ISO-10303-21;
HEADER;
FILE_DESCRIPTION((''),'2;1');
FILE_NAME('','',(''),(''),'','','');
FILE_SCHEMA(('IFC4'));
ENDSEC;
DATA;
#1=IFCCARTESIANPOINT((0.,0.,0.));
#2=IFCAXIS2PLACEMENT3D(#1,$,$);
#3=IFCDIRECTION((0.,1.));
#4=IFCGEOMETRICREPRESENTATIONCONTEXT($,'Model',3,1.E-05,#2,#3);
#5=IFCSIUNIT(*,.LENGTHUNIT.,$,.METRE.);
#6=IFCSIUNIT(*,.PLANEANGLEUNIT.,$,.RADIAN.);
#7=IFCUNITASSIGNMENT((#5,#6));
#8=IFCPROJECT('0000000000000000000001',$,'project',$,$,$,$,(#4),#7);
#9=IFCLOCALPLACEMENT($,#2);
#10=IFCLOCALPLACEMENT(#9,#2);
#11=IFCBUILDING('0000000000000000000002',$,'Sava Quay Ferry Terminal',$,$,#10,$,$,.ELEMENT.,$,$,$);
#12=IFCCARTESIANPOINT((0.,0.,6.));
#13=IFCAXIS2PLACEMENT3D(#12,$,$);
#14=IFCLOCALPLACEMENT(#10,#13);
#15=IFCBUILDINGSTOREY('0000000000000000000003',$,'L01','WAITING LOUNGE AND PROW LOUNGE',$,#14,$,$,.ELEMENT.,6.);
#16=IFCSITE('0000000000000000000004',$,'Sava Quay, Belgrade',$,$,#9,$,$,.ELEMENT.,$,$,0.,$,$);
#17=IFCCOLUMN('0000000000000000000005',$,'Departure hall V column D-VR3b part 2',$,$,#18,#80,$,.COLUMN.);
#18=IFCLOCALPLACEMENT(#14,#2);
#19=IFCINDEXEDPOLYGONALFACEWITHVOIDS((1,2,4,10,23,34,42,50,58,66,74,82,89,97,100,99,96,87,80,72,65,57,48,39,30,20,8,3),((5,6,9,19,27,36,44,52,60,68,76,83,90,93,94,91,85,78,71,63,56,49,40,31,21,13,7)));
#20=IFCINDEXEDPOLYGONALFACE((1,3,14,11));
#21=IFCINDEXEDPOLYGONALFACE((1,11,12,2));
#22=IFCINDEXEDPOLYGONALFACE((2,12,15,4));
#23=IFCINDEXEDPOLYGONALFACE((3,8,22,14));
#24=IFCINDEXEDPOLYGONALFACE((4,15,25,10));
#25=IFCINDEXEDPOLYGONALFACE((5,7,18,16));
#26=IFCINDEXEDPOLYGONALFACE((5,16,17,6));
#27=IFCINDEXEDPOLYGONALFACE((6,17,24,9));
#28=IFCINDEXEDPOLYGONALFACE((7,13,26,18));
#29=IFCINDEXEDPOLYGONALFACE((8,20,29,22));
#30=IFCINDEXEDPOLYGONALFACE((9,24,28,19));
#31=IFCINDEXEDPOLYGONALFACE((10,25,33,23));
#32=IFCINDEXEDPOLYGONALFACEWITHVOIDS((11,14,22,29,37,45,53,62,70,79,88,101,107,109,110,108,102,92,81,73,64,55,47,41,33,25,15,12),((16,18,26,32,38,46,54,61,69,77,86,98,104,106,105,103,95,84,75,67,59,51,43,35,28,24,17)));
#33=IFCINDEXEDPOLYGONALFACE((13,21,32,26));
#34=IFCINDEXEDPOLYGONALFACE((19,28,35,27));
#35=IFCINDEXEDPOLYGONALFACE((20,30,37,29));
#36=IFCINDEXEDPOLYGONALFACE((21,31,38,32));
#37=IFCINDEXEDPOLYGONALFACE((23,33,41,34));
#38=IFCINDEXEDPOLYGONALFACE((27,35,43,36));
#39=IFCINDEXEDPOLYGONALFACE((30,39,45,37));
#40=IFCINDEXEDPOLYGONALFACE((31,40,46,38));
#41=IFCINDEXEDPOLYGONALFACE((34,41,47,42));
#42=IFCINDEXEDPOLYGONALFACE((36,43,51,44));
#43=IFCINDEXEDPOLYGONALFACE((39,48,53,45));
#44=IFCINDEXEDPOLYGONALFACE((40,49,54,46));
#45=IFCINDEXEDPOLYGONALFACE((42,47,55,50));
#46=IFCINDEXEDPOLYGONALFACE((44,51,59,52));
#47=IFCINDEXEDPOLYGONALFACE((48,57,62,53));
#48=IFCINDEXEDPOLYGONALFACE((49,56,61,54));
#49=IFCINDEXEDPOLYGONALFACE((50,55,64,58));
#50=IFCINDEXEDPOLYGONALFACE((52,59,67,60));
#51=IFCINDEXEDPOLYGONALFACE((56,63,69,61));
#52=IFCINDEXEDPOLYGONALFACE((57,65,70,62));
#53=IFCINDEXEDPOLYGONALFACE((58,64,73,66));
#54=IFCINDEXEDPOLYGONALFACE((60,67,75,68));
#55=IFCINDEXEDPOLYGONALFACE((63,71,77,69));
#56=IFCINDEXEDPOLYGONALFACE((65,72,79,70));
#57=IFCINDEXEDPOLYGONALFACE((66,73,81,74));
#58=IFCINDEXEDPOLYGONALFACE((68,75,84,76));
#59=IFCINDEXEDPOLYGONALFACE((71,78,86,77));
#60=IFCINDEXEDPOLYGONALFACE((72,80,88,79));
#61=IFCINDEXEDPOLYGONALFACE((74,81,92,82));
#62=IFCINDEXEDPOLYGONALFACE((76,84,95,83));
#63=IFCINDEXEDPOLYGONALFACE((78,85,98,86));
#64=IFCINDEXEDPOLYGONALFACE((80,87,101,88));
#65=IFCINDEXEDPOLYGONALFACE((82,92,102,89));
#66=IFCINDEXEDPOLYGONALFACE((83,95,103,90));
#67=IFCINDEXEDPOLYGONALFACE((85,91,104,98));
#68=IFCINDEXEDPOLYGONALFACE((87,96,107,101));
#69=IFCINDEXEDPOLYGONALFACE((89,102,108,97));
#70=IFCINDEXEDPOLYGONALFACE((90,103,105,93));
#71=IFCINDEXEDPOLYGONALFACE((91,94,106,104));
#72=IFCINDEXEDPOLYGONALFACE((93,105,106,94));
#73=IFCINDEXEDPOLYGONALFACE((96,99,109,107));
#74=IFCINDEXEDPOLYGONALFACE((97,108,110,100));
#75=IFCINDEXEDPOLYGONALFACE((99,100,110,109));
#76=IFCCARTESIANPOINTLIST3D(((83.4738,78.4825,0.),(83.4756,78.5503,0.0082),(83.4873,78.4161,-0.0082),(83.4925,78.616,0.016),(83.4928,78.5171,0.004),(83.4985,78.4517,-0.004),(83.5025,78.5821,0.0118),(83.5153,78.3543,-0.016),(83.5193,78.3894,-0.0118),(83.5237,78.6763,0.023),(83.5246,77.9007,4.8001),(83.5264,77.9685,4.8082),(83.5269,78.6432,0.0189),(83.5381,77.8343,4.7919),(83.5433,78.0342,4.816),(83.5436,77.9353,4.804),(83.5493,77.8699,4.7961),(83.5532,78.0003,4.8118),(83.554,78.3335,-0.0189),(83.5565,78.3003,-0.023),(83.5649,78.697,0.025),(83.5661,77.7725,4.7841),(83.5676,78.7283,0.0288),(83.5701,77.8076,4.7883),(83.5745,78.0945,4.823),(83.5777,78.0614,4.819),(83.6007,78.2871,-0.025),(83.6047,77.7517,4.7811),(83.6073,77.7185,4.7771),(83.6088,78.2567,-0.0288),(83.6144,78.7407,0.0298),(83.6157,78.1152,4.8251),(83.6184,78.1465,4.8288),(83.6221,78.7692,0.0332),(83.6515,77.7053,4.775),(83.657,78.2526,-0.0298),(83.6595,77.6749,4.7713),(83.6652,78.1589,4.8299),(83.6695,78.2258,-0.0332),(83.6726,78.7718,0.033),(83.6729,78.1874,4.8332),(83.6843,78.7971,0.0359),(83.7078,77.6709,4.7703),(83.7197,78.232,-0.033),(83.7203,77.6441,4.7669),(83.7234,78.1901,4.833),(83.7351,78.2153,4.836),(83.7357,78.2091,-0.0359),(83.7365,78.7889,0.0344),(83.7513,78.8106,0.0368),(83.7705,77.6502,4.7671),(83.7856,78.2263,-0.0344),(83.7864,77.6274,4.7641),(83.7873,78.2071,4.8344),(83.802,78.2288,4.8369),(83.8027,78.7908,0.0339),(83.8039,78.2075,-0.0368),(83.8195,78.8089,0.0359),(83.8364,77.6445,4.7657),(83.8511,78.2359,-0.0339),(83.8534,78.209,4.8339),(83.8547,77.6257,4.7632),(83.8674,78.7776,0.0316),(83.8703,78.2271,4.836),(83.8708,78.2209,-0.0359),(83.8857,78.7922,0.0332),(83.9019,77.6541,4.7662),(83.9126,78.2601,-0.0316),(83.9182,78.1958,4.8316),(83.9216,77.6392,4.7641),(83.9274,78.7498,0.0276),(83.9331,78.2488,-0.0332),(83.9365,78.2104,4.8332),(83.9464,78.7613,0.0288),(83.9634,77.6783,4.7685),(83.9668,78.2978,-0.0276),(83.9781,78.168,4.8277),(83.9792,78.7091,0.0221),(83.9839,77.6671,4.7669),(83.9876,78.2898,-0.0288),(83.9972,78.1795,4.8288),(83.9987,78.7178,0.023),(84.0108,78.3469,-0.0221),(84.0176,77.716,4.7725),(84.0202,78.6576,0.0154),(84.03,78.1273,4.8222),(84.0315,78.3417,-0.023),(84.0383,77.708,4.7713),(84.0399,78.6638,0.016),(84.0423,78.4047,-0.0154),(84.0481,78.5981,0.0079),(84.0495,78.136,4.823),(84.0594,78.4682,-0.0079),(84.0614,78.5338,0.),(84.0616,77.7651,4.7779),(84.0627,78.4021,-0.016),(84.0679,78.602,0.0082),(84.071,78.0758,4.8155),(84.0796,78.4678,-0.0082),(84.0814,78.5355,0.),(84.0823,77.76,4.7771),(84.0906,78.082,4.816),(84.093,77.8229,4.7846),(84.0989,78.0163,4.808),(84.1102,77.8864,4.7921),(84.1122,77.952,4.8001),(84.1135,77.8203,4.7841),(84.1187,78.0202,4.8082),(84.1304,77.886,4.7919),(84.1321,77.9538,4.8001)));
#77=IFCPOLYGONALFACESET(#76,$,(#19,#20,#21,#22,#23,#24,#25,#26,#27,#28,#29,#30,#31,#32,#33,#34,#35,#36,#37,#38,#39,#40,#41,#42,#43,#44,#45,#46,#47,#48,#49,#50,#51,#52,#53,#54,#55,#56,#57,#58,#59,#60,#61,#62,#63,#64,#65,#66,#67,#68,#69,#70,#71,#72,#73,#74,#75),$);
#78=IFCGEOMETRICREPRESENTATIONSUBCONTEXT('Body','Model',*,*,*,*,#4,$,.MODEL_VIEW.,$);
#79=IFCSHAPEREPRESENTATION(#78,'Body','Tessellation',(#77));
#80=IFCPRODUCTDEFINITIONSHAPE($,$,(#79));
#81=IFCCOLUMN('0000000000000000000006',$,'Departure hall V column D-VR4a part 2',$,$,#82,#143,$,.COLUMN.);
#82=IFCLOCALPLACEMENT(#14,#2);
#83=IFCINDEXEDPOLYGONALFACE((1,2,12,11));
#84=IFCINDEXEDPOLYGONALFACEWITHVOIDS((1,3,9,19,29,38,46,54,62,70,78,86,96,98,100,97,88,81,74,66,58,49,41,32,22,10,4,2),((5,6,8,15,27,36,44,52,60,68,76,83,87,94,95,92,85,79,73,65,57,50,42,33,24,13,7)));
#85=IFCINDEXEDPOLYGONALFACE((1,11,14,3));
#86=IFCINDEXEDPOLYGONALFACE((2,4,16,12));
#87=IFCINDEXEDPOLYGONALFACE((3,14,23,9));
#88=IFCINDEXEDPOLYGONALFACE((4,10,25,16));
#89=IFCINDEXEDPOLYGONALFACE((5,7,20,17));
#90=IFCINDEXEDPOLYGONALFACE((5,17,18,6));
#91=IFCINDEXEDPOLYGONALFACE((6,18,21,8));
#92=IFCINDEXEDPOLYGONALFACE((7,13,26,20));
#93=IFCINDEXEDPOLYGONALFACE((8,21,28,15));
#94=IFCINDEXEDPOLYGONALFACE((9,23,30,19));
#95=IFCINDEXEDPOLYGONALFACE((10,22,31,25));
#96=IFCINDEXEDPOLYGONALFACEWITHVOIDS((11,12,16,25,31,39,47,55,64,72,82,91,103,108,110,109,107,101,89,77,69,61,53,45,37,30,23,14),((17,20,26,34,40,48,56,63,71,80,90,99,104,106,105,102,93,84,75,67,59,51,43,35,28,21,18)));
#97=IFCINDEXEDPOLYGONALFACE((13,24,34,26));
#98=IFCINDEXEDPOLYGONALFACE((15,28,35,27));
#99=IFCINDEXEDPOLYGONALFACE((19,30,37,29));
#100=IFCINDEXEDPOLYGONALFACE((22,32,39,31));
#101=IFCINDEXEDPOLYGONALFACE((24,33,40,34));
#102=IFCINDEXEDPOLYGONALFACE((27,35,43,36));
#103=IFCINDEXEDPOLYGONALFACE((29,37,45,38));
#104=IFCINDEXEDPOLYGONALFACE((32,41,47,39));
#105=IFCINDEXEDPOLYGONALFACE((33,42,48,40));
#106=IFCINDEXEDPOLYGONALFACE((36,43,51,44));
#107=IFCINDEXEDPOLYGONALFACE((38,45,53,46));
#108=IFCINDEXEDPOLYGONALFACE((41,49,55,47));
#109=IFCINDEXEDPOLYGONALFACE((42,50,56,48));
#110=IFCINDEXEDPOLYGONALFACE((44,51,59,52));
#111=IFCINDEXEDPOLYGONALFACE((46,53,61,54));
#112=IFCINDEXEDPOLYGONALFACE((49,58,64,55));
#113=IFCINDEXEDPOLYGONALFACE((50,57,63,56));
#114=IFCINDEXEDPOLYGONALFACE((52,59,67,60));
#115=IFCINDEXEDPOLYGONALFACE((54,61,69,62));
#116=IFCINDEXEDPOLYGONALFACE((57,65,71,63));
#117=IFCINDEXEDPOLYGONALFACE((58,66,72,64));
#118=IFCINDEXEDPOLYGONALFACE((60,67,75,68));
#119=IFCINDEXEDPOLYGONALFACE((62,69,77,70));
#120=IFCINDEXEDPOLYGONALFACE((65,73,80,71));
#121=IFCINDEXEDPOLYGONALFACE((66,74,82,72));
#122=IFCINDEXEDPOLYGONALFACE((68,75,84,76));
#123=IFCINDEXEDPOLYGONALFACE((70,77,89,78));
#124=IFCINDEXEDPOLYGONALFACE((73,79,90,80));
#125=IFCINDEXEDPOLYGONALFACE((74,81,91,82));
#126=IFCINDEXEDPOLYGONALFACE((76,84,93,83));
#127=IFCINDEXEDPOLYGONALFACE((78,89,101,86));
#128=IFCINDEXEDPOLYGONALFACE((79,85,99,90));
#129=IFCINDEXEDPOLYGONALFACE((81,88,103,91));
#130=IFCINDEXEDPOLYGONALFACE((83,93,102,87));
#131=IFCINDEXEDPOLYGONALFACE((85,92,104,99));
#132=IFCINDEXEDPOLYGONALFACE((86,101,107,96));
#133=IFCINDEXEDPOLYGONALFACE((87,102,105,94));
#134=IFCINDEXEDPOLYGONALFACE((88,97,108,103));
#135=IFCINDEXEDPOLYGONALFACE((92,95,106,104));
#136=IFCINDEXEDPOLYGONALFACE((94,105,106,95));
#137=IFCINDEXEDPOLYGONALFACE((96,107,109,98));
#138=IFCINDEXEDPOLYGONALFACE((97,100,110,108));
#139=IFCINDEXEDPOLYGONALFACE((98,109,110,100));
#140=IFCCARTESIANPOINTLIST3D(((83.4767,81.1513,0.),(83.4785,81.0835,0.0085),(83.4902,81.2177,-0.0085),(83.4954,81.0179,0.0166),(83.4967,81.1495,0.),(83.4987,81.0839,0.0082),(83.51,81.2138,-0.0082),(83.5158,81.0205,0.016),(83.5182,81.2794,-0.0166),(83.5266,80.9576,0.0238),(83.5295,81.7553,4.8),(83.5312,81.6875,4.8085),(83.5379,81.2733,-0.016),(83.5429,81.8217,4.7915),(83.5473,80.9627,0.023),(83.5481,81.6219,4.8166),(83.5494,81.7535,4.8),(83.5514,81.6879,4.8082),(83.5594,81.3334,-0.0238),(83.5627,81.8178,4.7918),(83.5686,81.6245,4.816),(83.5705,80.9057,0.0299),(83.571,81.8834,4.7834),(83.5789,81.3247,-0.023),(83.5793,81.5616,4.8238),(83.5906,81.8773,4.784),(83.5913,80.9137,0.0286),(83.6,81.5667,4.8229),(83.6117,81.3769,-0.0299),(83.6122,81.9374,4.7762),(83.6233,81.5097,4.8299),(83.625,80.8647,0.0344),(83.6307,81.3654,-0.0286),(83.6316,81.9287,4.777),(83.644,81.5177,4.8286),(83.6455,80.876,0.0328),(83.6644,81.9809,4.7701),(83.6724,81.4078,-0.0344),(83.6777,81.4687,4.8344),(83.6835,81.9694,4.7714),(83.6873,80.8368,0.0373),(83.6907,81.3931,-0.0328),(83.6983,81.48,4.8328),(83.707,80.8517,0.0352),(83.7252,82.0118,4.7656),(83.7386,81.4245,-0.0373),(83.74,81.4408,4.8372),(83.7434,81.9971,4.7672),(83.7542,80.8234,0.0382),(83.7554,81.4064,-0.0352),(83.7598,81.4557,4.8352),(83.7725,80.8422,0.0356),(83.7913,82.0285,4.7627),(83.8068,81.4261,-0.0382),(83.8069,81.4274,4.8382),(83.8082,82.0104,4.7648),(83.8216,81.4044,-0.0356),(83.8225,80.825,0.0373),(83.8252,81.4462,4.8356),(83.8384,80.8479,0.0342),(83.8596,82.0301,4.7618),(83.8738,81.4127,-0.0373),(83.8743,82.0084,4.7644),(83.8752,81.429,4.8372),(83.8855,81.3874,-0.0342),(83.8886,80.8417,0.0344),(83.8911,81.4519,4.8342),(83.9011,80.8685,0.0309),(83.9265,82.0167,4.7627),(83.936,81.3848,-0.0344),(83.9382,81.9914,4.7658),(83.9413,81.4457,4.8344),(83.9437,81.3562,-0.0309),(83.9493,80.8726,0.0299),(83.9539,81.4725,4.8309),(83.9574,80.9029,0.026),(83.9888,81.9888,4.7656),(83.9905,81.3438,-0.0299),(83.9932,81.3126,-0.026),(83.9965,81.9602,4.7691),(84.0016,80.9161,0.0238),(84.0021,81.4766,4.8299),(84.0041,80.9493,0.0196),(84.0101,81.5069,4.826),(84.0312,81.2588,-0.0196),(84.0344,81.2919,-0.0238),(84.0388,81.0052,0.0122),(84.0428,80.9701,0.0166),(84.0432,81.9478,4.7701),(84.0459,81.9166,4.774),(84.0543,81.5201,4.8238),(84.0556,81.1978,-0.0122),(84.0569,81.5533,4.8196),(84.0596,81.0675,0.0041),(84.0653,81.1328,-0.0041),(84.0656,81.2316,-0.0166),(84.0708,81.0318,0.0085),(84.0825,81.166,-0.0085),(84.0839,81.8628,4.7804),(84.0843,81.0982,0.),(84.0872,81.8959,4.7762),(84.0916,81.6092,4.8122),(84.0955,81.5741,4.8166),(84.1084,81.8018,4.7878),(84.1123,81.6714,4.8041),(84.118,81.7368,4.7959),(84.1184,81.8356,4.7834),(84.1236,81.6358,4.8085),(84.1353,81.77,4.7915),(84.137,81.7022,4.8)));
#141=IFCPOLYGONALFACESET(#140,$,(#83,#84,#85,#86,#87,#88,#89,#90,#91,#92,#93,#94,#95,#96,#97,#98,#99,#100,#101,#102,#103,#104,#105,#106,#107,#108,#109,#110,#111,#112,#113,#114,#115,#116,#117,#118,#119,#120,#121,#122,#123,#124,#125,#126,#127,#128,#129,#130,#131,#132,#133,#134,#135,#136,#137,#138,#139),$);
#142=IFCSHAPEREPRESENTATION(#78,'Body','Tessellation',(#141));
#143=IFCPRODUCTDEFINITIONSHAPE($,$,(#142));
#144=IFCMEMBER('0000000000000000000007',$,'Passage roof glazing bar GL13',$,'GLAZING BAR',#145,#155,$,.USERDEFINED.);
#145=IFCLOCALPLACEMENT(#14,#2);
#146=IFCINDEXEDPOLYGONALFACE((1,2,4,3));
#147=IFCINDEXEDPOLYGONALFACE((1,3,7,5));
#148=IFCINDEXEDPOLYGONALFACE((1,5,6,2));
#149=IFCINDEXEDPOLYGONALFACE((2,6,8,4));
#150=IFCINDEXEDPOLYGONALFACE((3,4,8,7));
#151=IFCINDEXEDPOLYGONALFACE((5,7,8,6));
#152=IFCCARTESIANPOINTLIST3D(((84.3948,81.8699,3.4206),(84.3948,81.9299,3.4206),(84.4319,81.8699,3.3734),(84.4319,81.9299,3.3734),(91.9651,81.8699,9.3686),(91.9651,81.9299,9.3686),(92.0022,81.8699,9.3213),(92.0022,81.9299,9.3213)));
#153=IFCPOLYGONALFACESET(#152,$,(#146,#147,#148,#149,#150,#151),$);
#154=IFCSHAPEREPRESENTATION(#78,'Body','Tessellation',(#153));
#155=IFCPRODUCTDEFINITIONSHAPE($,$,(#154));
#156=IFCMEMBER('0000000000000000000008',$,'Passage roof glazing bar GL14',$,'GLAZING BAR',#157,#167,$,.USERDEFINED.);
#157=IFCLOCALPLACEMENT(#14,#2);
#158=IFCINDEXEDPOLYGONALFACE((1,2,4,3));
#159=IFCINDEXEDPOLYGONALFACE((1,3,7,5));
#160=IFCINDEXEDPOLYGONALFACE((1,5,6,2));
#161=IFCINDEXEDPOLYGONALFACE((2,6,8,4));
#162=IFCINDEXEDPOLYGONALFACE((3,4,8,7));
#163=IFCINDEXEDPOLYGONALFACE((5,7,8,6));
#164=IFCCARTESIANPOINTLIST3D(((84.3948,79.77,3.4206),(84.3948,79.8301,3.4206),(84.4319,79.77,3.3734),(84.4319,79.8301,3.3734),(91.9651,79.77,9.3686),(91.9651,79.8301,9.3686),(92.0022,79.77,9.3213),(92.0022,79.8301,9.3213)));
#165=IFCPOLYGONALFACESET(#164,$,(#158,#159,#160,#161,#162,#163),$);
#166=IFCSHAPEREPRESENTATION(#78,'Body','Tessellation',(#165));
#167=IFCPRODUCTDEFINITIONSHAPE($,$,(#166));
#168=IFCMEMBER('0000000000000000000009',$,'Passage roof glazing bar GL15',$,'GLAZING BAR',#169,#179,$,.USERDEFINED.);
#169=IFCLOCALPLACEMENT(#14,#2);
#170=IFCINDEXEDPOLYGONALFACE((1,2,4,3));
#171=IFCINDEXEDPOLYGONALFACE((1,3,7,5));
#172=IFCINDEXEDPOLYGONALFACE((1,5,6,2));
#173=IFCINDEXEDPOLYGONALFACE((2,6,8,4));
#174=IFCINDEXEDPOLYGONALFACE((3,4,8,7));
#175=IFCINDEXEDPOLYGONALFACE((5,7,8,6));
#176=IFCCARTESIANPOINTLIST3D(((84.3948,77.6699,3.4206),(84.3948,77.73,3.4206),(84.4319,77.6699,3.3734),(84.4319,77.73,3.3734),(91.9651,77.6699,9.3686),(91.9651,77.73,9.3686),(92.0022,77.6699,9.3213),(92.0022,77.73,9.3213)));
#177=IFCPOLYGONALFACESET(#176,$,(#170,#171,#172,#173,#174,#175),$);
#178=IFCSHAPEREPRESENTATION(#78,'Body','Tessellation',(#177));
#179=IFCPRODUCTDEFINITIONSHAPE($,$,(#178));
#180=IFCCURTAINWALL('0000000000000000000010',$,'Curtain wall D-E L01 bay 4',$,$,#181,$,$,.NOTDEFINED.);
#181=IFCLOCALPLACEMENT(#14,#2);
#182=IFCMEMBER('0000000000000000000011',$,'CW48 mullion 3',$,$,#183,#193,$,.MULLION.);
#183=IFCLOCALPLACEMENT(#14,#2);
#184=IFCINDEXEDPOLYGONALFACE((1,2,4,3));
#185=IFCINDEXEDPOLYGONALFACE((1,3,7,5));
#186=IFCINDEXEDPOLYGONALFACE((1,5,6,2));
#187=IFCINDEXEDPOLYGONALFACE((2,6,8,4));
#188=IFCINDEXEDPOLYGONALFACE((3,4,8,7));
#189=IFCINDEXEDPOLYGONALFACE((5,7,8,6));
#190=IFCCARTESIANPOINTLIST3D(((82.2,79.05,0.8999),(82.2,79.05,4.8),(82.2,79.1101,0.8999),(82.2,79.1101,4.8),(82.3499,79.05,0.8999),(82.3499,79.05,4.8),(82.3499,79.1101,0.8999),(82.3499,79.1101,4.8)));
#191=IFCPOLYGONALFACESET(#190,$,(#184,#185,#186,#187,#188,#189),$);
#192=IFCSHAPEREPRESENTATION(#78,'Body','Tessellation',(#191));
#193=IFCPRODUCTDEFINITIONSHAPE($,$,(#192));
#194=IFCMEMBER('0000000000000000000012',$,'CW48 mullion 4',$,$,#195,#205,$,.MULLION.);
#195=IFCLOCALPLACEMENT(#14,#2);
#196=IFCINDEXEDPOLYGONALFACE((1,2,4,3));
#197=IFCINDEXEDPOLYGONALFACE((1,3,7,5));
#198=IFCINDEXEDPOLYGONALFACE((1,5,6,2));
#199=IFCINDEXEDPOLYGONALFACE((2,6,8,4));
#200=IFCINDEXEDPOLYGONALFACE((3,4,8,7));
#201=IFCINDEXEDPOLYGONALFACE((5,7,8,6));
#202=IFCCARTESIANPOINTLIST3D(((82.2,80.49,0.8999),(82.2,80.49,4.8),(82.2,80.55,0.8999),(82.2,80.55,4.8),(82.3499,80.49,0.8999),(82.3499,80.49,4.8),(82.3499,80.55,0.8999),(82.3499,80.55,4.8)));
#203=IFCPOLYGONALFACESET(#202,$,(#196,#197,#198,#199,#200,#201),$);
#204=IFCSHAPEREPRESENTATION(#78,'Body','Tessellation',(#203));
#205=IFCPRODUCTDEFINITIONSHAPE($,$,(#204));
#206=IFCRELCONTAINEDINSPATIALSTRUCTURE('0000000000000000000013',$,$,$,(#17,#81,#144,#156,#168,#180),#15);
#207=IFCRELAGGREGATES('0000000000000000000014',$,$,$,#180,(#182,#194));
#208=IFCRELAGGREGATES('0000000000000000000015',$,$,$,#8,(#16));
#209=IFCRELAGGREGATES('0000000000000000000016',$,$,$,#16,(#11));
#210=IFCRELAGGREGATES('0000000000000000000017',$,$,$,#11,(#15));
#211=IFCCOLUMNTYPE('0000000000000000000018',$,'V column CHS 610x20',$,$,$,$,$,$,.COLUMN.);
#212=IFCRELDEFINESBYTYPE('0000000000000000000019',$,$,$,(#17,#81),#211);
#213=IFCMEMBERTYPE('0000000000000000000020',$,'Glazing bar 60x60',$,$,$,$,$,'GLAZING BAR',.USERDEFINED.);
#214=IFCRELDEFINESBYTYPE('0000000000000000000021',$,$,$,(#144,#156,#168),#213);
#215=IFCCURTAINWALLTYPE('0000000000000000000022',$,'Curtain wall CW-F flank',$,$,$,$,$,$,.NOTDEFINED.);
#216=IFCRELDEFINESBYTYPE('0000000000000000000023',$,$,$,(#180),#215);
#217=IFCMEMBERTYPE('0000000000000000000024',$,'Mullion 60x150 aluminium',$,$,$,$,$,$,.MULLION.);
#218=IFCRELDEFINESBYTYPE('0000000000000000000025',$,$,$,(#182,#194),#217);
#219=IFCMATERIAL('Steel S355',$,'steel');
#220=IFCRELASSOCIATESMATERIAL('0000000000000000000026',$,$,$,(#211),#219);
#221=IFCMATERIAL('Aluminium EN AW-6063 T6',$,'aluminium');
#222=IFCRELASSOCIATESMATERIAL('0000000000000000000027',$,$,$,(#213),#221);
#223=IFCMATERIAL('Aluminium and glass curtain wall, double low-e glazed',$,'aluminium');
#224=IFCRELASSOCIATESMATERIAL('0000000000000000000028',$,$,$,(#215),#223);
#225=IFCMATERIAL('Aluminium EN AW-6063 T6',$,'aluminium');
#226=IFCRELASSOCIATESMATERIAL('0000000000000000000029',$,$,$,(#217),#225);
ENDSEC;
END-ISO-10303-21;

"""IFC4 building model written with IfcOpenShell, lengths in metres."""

from ifc_helpers import new_model, si_unit, direction, frame, origin, origin_2d, place, context, subcontext, project, spatial, rectangle, hollow_circle, extrude, material, material_profile, profile_set, type_object, element, aggregate, save


model = new_model("IFC4")

# Units and contexts
model_context = context("Model", 3, precision=1e-05, world=origin(), true_north=direction((0.0, 1.0)))
body_context = subcontext(model_context, "Body", "Model", "MODEL_VIEW")
ifc_project = project(units=[si_unit("LENGTHUNIT", "METRE"), si_unit("PLANEANGLEUNIT", "RADIAN")], contexts=[model_context])

# Site, building, storey
site_placement = place(None, origin())
site = spatial("IfcSite", under=ifc_project, at=site_placement, Name="Sava Quay, Belgrade", CompositionType="ELEMENT", RefElevation=0.0)
building_placement = place(site_placement, origin())
building = spatial("IfcBuilding", under=site, at=building_placement, Name="Sava Quay Ferry Terminal", CompositionType="ELEMENT")
storey_placement = place(building_placement, frame((0.0, 0.0, 6.0)))
storey = spatial("IfcBuildingStorey", under=building, at=storey_placement, Name="L01", Description="WAITING LOUNGE AND PROW LOUNGE", CompositionType="ELEMENT", Elevation=6.0)

# Columns
ifc_material_1 = material(Name="Steel S355", Category="steel")
ifc_material_profile_1 = material_profile(ifc_material_1, hollow_circle(Radius=0.3049, WallThickness=0.02, at=origin_2d()), Name="CHS 610 x 20.0")
ifc_profile_set_1 = profile_set([ifc_material_profile_1], Name="Steel S355")
column_type = type_object("IfcColumnType", Name="V column CHS 610x20", PredefinedType="COLUMN", material=ifc_profile_set_1)
column_1_placement = place(storey_placement, frame((83.7776, 78.509, 0.0), z_axis=(0.010502, -0.120317, 0.99268), x_axis=(0.996212, 0.086954, 0.0)))
element("IfcColumn", 1, at=column_1_placement, inside=storey, type_object=column_type, Name="Departure hall V column D-VR3b part 2", PredefinedType="COLUMN", context=body_context, shape_type="SweptSolid", body=[
    extrude(hollow_circle(Radius=0.3049, WallThickness=0.02, at=origin_2d()), origin(), (0.0, 0.0, 1.0), 4.8354),
])
column_2_placement = place(storey_placement, frame((83.7805, 81.1248, 0.0), z_axis=(0.0109, 0.124841, 0.992117), x_axis=(-0.99621, 0.086977, 0.0)))
element("IfcColumn", 2, at=column_2_placement, inside=storey, type_object=column_type, Name="Departure hall V column D-VR4a part 2", PredefinedType="COLUMN", context=body_context, shape_type="SweptSolid", body=[
    extrude(hollow_circle(Radius=0.3049, WallThickness=0.02, at=origin_2d()), origin(), (0.0, 0.0, 1.0), 4.8381),
])

# Members
ifc_material_2 = material(Name="Aluminium EN AW-6063 T6", Category="aluminium")
ifc_material_profile_2 = material_profile(ifc_material_2, rectangle(XDim=0.0601, YDim=0.0601, at=origin_2d()), Name="Bar 60 x 60")
ifc_profile_set_2 = profile_set([ifc_material_profile_2], Name="Aluminium EN AW-6063 T6")
member_type_1 = type_object("IfcMemberType", Name="Glazing bar 60x60", ElementType="GLAZING BAR", PredefinedType="USERDEFINED", material=ifc_profile_set_2)
for number, where, z_axis, x_axis, name in (
    (3, (84.4133, 81.8999, 3.397), (0.786324, 0.0, 0.617815), (0.0, 1.0, 0.0), "Passage roof glazing bar GL13"),
    (4, (84.4133, 79.8, 3.397), (0.786324, 0.0, 0.617815), (0.0, 1.0, 0.0), "Passage roof glazing bar GL14"),
    (5, (84.4133, 77.7, 3.397), (0.786324, 0.0, 0.617815), (0.0, 1.0, 0.0), "Passage roof glazing bar GL15"),
):
    element("IfcMember", number, at=place(storey_placement, frame(where, z_axis=z_axis, x_axis=x_axis)), inside=storey, type_object=member_type_1, Name=name, ObjectType="GLAZING BAR", PredefinedType="USERDEFINED", context=body_context, shape_type="SweptSolid", body=[
        extrude(rectangle(XDim=0.0601, YDim=0.0601, at=origin_2d()), origin(), (0.0, 0.0, 1.0), 9.6274),
    ])

# Curtain wall, members
ifc_material_3 = material(Name="Aluminium and glass curtain wall, double low-e glazed", Category="aluminium")
curtain_wall_type = type_object("IfcCurtainWallType", Name="Curtain wall CW-F flank", PredefinedType="NOTDEFINED", material=ifc_material_3)
curtain_wall_1_placement = place(storey_placement, origin())
curtain_wall_1 = element("IfcCurtainWall", 6, at=curtain_wall_1_placement, inside=storey, type_object=curtain_wall_type, Name="Curtain wall D-E L01 bay 4", PredefinedType="NOTDEFINED")
ifc_material_4 = material(Name="Aluminium EN AW-6063 T6", Category="aluminium")
ifc_material_profile_3 = material_profile(ifc_material_4, rectangle(XDim=0.1499, YDim=0.0601, at=origin_2d()), Name="Mullion 60x150 aluminium")
ifc_profile_set_3 = profile_set([ifc_material_profile_3], Name="Aluminium EN AW-6063 T6")
member_type_2 = type_object("IfcMemberType", Name="Mullion 60x150 aluminium", PredefinedType="MULLION", material=ifc_profile_set_3)
member_1_placement = place(storey_placement, frame((82.2749, 79.0801, 0.8999), z_axis=(0.0, 0.0, 1.0), x_axis=(-1.0, 0.0, 0.0)))
member_1 = element("IfcMember", 7, at=member_1_placement, type_object=member_type_2, Name="CW48 mullion 3", PredefinedType="MULLION", context=body_context, shape_type="SweptSolid", body=[
    extrude(rectangle(XDim=0.1499, YDim=0.0601, at=origin_2d()), origin(), (0.0, 0.0, 1.0), 3.9001),
])
member_2_placement = place(storey_placement, frame((82.2749, 80.52, 0.8999), z_axis=(0.0, 0.0, 1.0), x_axis=(-1.0, 0.0, 0.0)))
member_2 = element("IfcMember", 8, at=member_2_placement, type_object=member_type_2, Name="CW48 mullion 4", PredefinedType="MULLION", context=body_context, shape_type="SweptSolid", body=[
    extrude(rectangle(XDim=0.1499, YDim=0.0601, at=origin_2d()), origin(), (0.0, 0.0, 1.0), 3.9001),
])

aggregate(curtain_wall_1, [member_1, member_2])

save(model, "model.ifc")
